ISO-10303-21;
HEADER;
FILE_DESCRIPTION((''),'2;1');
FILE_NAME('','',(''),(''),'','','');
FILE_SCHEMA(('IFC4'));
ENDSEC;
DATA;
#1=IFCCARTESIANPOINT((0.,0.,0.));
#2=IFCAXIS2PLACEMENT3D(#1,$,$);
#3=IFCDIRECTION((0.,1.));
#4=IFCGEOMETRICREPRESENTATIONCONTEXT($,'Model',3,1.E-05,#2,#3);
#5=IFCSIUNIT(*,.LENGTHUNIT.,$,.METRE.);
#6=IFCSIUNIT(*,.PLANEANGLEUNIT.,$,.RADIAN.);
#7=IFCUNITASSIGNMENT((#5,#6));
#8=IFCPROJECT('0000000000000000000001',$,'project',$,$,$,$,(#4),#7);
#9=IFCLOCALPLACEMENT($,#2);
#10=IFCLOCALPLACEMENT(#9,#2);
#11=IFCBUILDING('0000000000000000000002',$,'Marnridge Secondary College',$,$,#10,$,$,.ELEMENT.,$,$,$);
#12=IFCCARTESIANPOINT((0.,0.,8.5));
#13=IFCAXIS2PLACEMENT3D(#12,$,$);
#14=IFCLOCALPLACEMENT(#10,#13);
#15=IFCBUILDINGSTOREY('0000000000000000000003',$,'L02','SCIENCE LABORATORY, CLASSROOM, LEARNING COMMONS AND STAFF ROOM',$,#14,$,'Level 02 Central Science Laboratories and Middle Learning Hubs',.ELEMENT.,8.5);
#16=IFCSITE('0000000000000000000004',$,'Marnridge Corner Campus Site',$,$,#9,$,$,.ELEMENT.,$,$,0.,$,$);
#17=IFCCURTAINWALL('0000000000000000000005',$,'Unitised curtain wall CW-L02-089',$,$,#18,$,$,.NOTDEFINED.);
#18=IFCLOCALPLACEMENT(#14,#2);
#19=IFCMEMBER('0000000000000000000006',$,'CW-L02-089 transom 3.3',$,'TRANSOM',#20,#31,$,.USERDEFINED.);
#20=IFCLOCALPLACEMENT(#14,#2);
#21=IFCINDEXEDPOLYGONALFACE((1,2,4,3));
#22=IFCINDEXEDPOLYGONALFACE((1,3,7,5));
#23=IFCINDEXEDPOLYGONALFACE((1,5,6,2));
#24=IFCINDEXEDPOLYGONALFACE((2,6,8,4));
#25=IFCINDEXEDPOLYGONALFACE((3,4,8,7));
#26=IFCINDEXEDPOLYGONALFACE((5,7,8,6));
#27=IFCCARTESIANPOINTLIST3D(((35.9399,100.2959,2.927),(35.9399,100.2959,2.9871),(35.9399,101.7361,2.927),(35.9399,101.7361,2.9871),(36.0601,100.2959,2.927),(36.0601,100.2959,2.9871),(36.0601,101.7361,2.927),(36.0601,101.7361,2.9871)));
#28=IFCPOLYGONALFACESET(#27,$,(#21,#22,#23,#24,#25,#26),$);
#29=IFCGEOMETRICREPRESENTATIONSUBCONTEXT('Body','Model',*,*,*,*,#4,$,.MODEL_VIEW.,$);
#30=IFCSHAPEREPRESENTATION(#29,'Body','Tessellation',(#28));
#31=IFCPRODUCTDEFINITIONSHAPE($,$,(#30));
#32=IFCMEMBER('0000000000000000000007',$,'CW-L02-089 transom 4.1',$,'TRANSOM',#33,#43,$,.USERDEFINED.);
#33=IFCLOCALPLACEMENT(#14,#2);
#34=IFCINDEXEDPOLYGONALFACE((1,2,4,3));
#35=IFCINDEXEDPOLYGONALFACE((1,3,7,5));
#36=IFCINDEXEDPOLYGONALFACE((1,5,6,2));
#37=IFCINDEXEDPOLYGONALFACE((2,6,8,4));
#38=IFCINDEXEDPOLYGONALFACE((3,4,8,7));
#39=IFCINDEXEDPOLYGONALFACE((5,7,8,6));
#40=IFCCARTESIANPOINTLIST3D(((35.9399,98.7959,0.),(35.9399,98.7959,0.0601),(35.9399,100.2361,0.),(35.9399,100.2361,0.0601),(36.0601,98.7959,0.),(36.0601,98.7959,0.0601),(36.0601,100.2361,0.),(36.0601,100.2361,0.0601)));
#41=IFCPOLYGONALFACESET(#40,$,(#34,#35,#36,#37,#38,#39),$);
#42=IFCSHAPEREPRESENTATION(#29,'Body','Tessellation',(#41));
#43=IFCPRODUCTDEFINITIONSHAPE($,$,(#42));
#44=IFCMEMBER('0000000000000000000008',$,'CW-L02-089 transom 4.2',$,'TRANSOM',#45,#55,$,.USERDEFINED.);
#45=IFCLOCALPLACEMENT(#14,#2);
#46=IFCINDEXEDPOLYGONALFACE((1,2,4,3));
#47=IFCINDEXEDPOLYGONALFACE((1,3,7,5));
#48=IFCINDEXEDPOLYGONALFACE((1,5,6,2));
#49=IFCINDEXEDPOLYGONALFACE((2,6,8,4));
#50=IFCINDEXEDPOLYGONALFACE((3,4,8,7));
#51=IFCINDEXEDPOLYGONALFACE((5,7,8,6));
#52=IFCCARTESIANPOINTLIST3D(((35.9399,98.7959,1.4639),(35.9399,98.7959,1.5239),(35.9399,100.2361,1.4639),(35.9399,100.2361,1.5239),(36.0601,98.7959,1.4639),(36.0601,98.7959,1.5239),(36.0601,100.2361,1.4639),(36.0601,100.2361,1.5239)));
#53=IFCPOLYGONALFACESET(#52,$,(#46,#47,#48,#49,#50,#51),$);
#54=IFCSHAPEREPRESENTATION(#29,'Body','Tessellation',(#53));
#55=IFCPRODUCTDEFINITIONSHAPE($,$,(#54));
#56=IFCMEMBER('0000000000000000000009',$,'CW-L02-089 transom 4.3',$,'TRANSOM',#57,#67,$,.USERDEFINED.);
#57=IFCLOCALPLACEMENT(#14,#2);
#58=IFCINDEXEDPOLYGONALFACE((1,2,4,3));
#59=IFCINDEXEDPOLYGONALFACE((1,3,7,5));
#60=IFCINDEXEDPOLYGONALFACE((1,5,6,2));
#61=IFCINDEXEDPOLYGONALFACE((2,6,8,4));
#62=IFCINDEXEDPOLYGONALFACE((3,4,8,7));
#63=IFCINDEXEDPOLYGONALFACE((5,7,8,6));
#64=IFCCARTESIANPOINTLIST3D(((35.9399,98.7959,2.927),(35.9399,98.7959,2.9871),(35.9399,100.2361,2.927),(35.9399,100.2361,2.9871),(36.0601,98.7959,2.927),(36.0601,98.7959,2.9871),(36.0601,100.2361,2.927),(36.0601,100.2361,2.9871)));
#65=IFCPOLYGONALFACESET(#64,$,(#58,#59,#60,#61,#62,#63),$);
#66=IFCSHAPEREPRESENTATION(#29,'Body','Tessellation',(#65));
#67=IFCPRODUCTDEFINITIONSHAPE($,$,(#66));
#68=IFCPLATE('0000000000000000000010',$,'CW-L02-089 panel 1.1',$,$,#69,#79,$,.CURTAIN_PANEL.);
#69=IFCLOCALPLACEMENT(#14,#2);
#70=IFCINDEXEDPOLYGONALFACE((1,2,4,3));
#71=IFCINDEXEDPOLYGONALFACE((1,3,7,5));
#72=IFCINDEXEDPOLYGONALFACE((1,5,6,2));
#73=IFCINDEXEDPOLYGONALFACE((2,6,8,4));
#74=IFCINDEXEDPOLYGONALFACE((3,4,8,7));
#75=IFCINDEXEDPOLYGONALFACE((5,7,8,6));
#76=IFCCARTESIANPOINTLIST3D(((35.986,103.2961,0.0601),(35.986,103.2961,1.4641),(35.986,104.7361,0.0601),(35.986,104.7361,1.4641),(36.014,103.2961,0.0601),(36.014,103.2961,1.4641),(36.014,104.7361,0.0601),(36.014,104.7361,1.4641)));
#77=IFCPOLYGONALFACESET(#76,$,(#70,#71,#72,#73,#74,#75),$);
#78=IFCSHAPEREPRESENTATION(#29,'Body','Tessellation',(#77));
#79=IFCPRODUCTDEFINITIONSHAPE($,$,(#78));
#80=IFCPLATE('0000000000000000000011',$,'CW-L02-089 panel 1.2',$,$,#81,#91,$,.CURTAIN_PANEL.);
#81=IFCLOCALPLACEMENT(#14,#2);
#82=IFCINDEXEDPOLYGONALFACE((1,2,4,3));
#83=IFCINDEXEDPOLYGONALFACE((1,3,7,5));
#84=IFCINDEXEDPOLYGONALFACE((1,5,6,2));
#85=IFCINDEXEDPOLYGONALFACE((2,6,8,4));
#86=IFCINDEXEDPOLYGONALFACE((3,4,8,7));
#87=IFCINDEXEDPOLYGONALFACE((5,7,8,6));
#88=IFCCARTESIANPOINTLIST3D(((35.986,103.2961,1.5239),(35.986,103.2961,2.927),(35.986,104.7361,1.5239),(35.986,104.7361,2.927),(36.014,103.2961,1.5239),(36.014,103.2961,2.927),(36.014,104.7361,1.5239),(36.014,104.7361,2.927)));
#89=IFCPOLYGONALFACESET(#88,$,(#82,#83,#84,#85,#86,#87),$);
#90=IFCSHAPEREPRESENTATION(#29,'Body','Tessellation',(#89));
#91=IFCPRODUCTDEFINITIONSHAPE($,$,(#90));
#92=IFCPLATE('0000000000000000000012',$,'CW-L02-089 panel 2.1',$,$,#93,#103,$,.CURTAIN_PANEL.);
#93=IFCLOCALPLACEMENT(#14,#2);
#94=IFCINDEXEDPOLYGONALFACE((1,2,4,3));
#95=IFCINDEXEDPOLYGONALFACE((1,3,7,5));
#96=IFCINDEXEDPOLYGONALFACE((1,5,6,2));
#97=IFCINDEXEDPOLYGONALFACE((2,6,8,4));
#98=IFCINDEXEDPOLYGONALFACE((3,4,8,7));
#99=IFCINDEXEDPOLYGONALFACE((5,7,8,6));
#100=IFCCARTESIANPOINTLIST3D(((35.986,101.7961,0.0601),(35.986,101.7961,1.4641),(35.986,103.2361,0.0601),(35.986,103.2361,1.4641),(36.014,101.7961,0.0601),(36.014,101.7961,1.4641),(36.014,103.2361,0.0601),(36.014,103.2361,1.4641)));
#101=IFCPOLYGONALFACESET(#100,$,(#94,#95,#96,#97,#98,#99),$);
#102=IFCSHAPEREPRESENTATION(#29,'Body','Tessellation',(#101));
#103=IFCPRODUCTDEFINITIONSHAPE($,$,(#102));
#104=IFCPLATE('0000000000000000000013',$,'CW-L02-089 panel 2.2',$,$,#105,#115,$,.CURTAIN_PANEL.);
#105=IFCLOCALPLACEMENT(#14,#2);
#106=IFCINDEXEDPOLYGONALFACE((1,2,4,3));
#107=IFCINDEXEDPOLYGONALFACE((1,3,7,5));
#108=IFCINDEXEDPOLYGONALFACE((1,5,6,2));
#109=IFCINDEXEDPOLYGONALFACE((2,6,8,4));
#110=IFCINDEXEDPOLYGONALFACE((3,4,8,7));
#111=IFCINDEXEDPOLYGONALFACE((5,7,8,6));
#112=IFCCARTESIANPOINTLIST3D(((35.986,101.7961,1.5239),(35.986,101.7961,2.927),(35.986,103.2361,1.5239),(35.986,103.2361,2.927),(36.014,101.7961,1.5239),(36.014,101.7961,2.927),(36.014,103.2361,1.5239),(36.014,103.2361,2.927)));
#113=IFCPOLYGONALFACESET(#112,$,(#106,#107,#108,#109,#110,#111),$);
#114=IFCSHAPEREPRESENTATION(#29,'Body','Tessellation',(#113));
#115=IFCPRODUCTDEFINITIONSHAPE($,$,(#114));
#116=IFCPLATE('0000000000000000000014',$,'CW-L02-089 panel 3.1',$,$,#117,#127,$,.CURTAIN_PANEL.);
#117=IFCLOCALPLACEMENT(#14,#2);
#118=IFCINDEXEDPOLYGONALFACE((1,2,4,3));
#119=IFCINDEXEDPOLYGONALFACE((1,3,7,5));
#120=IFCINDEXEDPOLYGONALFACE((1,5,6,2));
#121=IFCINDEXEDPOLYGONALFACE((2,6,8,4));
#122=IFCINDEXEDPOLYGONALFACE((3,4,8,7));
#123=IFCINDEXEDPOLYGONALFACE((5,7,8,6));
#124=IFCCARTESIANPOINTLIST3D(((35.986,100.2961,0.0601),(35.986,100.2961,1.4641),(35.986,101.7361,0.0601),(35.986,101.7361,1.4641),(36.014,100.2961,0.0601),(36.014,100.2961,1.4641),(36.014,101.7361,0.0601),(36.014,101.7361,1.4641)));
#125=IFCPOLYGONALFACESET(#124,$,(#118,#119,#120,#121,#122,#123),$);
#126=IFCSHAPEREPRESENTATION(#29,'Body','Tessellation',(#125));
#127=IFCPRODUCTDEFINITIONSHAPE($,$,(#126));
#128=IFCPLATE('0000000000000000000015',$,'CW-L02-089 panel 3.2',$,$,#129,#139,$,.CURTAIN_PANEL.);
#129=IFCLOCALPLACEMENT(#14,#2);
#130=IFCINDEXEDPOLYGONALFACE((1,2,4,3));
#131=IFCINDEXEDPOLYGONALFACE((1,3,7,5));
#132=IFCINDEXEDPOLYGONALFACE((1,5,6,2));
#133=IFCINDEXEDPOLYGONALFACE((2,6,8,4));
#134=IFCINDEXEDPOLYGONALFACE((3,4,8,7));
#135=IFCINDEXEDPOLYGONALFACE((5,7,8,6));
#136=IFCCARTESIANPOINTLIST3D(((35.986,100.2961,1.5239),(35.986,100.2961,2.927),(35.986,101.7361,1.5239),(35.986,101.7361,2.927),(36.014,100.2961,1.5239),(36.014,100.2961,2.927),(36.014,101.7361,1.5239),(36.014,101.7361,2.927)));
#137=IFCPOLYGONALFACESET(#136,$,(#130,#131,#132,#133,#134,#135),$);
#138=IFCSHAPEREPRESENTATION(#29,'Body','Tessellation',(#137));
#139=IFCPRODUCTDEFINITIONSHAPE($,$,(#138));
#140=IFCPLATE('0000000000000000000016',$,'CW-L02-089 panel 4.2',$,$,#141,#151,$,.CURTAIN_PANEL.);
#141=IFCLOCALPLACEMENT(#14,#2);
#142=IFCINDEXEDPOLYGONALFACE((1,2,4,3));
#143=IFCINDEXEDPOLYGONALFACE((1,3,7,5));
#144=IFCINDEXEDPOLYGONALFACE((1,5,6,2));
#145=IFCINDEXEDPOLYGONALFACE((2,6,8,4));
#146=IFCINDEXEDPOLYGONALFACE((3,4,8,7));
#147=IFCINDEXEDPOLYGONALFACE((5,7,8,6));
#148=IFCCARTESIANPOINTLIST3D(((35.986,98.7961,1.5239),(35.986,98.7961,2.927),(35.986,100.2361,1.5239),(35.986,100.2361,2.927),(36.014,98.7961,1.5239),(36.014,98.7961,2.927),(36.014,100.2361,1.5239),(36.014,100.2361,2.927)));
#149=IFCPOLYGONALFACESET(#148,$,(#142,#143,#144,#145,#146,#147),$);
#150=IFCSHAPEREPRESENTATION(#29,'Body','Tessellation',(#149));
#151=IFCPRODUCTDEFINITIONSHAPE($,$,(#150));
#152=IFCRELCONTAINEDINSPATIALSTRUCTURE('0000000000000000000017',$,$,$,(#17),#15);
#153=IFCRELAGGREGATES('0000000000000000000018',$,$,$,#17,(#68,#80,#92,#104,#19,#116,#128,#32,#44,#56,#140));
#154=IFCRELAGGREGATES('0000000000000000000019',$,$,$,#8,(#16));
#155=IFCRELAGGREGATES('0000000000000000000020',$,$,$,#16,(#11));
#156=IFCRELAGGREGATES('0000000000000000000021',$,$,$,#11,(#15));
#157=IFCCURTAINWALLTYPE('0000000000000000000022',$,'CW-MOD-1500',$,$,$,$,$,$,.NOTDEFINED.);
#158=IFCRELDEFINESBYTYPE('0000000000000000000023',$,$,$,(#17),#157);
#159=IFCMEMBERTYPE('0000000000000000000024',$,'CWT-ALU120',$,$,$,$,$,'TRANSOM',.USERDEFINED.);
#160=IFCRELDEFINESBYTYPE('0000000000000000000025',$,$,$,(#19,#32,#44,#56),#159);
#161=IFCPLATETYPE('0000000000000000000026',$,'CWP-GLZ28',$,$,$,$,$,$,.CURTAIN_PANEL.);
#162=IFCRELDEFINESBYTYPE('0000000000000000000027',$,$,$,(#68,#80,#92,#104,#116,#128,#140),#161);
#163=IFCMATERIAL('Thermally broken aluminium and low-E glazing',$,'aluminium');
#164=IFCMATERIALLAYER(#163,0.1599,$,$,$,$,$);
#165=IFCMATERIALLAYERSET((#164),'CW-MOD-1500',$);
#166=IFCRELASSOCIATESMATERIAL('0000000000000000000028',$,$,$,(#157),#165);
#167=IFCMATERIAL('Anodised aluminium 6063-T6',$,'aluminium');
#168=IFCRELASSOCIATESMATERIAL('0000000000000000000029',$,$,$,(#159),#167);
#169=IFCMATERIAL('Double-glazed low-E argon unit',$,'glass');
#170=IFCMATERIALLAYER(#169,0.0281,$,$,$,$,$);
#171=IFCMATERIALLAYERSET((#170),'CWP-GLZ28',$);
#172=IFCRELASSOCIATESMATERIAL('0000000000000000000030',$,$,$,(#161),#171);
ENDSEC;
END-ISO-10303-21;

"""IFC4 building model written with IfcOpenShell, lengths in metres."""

from ifc_helpers import new_model, si_unit, direction, frame, origin, origin_2d, place, context, subcontext, project, spatial, rectangle, extrude, material, layer, layer_set, material_profile, profile_set, type_object, element, aggregate, save


model = new_model("IFC4")

# Units and contexts
model_context = context("Model", 3, precision=1e-05, world=origin(), true_north=direction((0.0, 1.0)))
body_context = subcontext(model_context, "Body", "Model", "MODEL_VIEW")
ifc_project = project(units=[si_unit("LENGTHUNIT", "METRE"), si_unit("PLANEANGLEUNIT", "RADIAN")], contexts=[model_context])

# Site, building, storey
site_placement = place(None, origin())
site = spatial("IfcSite", under=ifc_project, at=site_placement, Name="Marnridge Corner Campus Site", CompositionType="ELEMENT", RefElevation=0.0)
building_placement = place(site_placement, origin())
building = spatial("IfcBuilding", under=site, at=building_placement, Name="Marnridge Secondary College", CompositionType="ELEMENT")
storey_placement = place(building_placement, frame((0.0, 0.0, 8.5)))
storey = spatial("IfcBuildingStorey", under=building, at=storey_placement, Name="L02", Description="SCIENCE LABORATORY, CLASSROOM, LEARNING COMMONS AND STAFF ROOM", LongName="Level 02 Central Science Laboratories and Middle Learning Hubs", CompositionType="ELEMENT", Elevation=8.5)

# Curtain wall, members, plates
ifc_material_1 = material(Name="Thermally broken aluminium and low-E glazing", Category="aluminium")
ifc_layer_1 = layer(ifc_material_1, 0.1599)
ifc_layer_set_1 = layer_set([ifc_layer_1], Name="CW-MOD-1500")
curtain_wall_type = type_object("IfcCurtainWallType", Name="CW-MOD-1500", PredefinedType="NOTDEFINED", material=ifc_layer_set_1)
curtain_wall_placement = place(storey_placement, origin())
curtain_wall = element("IfcCurtainWall", 1, at=curtain_wall_placement, inside=storey, type_object=curtain_wall_type, Name="Unitised curtain wall CW-L02-089", PredefinedType="NOTDEFINED")
ifc_material_2 = material(Name="Anodised aluminium 6063-T6", Category="aluminium")
ifc_material_profile_1 = material_profile(ifc_material_2, rectangle(XDim=0.0601, YDim=0.1201, at=origin_2d()), Name="ALU 60x120")
ifc_profile_set_1 = profile_set([ifc_material_profile_1], Name="Anodised aluminium 6063-T6")
member_type_1 = type_object("IfcMemberType", Name="CWT-ALU120", ElementType="TRANSOM", PredefinedType="USERDEFINED", material=ifc_profile_set_1)
member_1_placement = place(storey_placement, frame((36.0, 101.7361, 2.957), z_axis=(0.0, -1.0, 0.0), x_axis=(0.0, 0.0, 1.0)))
member_1 = element("IfcMember", 2, at=member_1_placement, type_object=member_type_1, Name="CW-L02-089 transom 3.3", ObjectType="TRANSOM", PredefinedType="USERDEFINED", context=body_context, shape_type="SweptSolid", body=[
    extrude(rectangle(XDim=0.0601, YDim=0.1201, at=origin_2d()), origin(), (0.0, 0.0, 1.0), 1.4402),
])
member_2_placement = place(storey_placement, frame((36.0, 100.2361, 0.03), z_axis=(0.0, -1.0, 0.0), x_axis=(0.0, 0.0, 1.0)))
member_2 = element("IfcMember", 3, at=member_2_placement, type_object=member_type_1, Name="CW-L02-089 transom 4.1", ObjectType="TRANSOM", PredefinedType="USERDEFINED", context=body_context, shape_type="SweptSolid", body=[
    extrude(rectangle(XDim=0.0601, YDim=0.1201, at=origin_2d()), origin(), (0.0, 0.0, 1.0), 1.4402),
])
member_3_placement = place(storey_placement, frame((36.0, 100.2361, 1.4939), z_axis=(0.0, -1.0, 0.0), x_axis=(0.0, 0.0, 1.0)))
member_3 = element("IfcMember", 4, at=member_3_placement, type_object=member_type_1, Name="CW-L02-089 transom 4.2", ObjectType="TRANSOM", PredefinedType="USERDEFINED", context=body_context, shape_type="SweptSolid", body=[
    extrude(rectangle(XDim=0.0601, YDim=0.1201, at=origin_2d()), origin(), (0.0, 0.0, 1.0), 1.4402),
])
member_4_placement = place(storey_placement, frame((36.0, 100.2361, 2.957), z_axis=(0.0, -1.0, 0.0), x_axis=(0.0, 0.0, 1.0)))
member_4 = element("IfcMember", 5, at=member_4_placement, type_object=member_type_1, Name="CW-L02-089 transom 4.3", ObjectType="TRANSOM", PredefinedType="USERDEFINED", context=body_context, shape_type="SweptSolid", body=[
    extrude(rectangle(XDim=0.0601, YDim=0.1201, at=origin_2d()), origin(), (0.0, 0.0, 1.0), 1.4402),
])
ifc_material_3 = material(Name="Double-glazed low-E argon unit", Category="glass")
ifc_layer_2 = layer(ifc_material_3, 0.0281)
ifc_layer_set_2 = layer_set([ifc_layer_2], Name="CWP-GLZ28")
plate_type = type_object("IfcPlateType", Name="CWP-GLZ28", PredefinedType="CURTAIN_PANEL", material=ifc_layer_set_2)
plate_1_placement = place(storey_placement, frame((36.0, 104.0161, 0.0601), z_axis=(0.0, 0.0, 1.0), x_axis=(0.0, -1.0, 0.0)))
plate_1 = element("IfcPlate", 6, at=plate_1_placement, type_object=plate_type, Name="CW-L02-089 panel 1.1", PredefinedType="CURTAIN_PANEL", context=body_context, shape_type="SweptSolid", body=[
    extrude(rectangle(XDim=1.4399, YDim=0.0281, at=origin_2d()), origin(), (0.0, 0.0, 1.0), 1.4041),
])
plate_2_placement = place(storey_placement, frame((36.0, 104.0161, 1.5239), z_axis=(0.0, 0.0, 1.0), x_axis=(0.0, -1.0, 0.0)))
plate_2 = element("IfcPlate", 7, at=plate_2_placement, type_object=plate_type, Name="CW-L02-089 panel 1.2", PredefinedType="CURTAIN_PANEL", context=body_context, shape_type="SweptSolid", body=[
    extrude(rectangle(XDim=1.4399, YDim=0.0281, at=origin_2d()), origin(), (0.0, 0.0, 1.0), 1.4031),
])
plate_3_placement = place(storey_placement, frame((36.0, 102.5161, 0.0601), z_axis=(0.0, 0.0, 1.0), x_axis=(0.0, -1.0, 0.0)))
plate_3 = element("IfcPlate", 8, at=plate_3_placement, type_object=plate_type, Name="CW-L02-089 panel 2.1", PredefinedType="CURTAIN_PANEL", context=body_context, shape_type="SweptSolid", body=[
    extrude(rectangle(XDim=1.4399, YDim=0.0281, at=origin_2d()), origin(), (0.0, 0.0, 1.0), 1.4041),
])
plate_4_placement = place(storey_placement, frame((36.0, 102.5161, 1.5239), z_axis=(0.0, 0.0, 1.0), x_axis=(0.0, -1.0, 0.0)))
plate_4 = element("IfcPlate", 9, at=plate_4_placement, type_object=plate_type, Name="CW-L02-089 panel 2.2", PredefinedType="CURTAIN_PANEL", context=body_context, shape_type="SweptSolid", body=[
    extrude(rectangle(XDim=1.4399, YDim=0.0281, at=origin_2d()), origin(), (0.0, 0.0, 1.0), 1.4031),
])
plate_5_placement = place(storey_placement, frame((36.0, 101.0161, 0.0601), z_axis=(0.0, 0.0, 1.0), x_axis=(0.0, -1.0, 0.0)))
plate_5 = element("IfcPlate", 10, at=plate_5_placement, type_object=plate_type, Name="CW-L02-089 panel 3.1", PredefinedType="CURTAIN_PANEL", context=body_context, shape_type="SweptSolid", body=[
    extrude(rectangle(XDim=1.4399, YDim=0.0281, at=origin_2d()), origin(), (0.0, 0.0, 1.0), 1.4041),
])
plate_6_placement = place(storey_placement, frame((36.0, 101.0161, 1.5239), z_axis=(0.0, 0.0, 1.0), x_axis=(0.0, -1.0, 0.0)))
plate_6 = element("IfcPlate", 11, at=plate_6_placement, type_object=plate_type, Name="CW-L02-089 panel 3.2", PredefinedType="CURTAIN_PANEL", context=body_context, shape_type="SweptSolid", body=[
    extrude(rectangle(XDim=1.4399, YDim=0.0281, at=origin_2d()), origin(), (0.0, 0.0, 1.0), 1.4031),
])
plate_7_placement = place(storey_placement, frame((36.0, 99.5161, 1.5239), z_axis=(0.0, 0.0, 1.0), x_axis=(0.0, -1.0, 0.0)))
plate_7 = element("IfcPlate", 12, at=plate_7_placement, type_object=plate_type, Name="CW-L02-089 panel 4.2", PredefinedType="CURTAIN_PANEL", context=body_context, shape_type="SweptSolid", body=[
    extrude(rectangle(XDim=1.4399, YDim=0.0281, at=origin_2d()), origin(), (0.0, 0.0, 1.0), 1.4031),
])
aggregate(curtain_wall, [plate_1, plate_2, plate_3, plate_4, member_1, plate_5, plate_6, member_2, member_3, member_4, plate_7])

save(model, "model.ifc")
